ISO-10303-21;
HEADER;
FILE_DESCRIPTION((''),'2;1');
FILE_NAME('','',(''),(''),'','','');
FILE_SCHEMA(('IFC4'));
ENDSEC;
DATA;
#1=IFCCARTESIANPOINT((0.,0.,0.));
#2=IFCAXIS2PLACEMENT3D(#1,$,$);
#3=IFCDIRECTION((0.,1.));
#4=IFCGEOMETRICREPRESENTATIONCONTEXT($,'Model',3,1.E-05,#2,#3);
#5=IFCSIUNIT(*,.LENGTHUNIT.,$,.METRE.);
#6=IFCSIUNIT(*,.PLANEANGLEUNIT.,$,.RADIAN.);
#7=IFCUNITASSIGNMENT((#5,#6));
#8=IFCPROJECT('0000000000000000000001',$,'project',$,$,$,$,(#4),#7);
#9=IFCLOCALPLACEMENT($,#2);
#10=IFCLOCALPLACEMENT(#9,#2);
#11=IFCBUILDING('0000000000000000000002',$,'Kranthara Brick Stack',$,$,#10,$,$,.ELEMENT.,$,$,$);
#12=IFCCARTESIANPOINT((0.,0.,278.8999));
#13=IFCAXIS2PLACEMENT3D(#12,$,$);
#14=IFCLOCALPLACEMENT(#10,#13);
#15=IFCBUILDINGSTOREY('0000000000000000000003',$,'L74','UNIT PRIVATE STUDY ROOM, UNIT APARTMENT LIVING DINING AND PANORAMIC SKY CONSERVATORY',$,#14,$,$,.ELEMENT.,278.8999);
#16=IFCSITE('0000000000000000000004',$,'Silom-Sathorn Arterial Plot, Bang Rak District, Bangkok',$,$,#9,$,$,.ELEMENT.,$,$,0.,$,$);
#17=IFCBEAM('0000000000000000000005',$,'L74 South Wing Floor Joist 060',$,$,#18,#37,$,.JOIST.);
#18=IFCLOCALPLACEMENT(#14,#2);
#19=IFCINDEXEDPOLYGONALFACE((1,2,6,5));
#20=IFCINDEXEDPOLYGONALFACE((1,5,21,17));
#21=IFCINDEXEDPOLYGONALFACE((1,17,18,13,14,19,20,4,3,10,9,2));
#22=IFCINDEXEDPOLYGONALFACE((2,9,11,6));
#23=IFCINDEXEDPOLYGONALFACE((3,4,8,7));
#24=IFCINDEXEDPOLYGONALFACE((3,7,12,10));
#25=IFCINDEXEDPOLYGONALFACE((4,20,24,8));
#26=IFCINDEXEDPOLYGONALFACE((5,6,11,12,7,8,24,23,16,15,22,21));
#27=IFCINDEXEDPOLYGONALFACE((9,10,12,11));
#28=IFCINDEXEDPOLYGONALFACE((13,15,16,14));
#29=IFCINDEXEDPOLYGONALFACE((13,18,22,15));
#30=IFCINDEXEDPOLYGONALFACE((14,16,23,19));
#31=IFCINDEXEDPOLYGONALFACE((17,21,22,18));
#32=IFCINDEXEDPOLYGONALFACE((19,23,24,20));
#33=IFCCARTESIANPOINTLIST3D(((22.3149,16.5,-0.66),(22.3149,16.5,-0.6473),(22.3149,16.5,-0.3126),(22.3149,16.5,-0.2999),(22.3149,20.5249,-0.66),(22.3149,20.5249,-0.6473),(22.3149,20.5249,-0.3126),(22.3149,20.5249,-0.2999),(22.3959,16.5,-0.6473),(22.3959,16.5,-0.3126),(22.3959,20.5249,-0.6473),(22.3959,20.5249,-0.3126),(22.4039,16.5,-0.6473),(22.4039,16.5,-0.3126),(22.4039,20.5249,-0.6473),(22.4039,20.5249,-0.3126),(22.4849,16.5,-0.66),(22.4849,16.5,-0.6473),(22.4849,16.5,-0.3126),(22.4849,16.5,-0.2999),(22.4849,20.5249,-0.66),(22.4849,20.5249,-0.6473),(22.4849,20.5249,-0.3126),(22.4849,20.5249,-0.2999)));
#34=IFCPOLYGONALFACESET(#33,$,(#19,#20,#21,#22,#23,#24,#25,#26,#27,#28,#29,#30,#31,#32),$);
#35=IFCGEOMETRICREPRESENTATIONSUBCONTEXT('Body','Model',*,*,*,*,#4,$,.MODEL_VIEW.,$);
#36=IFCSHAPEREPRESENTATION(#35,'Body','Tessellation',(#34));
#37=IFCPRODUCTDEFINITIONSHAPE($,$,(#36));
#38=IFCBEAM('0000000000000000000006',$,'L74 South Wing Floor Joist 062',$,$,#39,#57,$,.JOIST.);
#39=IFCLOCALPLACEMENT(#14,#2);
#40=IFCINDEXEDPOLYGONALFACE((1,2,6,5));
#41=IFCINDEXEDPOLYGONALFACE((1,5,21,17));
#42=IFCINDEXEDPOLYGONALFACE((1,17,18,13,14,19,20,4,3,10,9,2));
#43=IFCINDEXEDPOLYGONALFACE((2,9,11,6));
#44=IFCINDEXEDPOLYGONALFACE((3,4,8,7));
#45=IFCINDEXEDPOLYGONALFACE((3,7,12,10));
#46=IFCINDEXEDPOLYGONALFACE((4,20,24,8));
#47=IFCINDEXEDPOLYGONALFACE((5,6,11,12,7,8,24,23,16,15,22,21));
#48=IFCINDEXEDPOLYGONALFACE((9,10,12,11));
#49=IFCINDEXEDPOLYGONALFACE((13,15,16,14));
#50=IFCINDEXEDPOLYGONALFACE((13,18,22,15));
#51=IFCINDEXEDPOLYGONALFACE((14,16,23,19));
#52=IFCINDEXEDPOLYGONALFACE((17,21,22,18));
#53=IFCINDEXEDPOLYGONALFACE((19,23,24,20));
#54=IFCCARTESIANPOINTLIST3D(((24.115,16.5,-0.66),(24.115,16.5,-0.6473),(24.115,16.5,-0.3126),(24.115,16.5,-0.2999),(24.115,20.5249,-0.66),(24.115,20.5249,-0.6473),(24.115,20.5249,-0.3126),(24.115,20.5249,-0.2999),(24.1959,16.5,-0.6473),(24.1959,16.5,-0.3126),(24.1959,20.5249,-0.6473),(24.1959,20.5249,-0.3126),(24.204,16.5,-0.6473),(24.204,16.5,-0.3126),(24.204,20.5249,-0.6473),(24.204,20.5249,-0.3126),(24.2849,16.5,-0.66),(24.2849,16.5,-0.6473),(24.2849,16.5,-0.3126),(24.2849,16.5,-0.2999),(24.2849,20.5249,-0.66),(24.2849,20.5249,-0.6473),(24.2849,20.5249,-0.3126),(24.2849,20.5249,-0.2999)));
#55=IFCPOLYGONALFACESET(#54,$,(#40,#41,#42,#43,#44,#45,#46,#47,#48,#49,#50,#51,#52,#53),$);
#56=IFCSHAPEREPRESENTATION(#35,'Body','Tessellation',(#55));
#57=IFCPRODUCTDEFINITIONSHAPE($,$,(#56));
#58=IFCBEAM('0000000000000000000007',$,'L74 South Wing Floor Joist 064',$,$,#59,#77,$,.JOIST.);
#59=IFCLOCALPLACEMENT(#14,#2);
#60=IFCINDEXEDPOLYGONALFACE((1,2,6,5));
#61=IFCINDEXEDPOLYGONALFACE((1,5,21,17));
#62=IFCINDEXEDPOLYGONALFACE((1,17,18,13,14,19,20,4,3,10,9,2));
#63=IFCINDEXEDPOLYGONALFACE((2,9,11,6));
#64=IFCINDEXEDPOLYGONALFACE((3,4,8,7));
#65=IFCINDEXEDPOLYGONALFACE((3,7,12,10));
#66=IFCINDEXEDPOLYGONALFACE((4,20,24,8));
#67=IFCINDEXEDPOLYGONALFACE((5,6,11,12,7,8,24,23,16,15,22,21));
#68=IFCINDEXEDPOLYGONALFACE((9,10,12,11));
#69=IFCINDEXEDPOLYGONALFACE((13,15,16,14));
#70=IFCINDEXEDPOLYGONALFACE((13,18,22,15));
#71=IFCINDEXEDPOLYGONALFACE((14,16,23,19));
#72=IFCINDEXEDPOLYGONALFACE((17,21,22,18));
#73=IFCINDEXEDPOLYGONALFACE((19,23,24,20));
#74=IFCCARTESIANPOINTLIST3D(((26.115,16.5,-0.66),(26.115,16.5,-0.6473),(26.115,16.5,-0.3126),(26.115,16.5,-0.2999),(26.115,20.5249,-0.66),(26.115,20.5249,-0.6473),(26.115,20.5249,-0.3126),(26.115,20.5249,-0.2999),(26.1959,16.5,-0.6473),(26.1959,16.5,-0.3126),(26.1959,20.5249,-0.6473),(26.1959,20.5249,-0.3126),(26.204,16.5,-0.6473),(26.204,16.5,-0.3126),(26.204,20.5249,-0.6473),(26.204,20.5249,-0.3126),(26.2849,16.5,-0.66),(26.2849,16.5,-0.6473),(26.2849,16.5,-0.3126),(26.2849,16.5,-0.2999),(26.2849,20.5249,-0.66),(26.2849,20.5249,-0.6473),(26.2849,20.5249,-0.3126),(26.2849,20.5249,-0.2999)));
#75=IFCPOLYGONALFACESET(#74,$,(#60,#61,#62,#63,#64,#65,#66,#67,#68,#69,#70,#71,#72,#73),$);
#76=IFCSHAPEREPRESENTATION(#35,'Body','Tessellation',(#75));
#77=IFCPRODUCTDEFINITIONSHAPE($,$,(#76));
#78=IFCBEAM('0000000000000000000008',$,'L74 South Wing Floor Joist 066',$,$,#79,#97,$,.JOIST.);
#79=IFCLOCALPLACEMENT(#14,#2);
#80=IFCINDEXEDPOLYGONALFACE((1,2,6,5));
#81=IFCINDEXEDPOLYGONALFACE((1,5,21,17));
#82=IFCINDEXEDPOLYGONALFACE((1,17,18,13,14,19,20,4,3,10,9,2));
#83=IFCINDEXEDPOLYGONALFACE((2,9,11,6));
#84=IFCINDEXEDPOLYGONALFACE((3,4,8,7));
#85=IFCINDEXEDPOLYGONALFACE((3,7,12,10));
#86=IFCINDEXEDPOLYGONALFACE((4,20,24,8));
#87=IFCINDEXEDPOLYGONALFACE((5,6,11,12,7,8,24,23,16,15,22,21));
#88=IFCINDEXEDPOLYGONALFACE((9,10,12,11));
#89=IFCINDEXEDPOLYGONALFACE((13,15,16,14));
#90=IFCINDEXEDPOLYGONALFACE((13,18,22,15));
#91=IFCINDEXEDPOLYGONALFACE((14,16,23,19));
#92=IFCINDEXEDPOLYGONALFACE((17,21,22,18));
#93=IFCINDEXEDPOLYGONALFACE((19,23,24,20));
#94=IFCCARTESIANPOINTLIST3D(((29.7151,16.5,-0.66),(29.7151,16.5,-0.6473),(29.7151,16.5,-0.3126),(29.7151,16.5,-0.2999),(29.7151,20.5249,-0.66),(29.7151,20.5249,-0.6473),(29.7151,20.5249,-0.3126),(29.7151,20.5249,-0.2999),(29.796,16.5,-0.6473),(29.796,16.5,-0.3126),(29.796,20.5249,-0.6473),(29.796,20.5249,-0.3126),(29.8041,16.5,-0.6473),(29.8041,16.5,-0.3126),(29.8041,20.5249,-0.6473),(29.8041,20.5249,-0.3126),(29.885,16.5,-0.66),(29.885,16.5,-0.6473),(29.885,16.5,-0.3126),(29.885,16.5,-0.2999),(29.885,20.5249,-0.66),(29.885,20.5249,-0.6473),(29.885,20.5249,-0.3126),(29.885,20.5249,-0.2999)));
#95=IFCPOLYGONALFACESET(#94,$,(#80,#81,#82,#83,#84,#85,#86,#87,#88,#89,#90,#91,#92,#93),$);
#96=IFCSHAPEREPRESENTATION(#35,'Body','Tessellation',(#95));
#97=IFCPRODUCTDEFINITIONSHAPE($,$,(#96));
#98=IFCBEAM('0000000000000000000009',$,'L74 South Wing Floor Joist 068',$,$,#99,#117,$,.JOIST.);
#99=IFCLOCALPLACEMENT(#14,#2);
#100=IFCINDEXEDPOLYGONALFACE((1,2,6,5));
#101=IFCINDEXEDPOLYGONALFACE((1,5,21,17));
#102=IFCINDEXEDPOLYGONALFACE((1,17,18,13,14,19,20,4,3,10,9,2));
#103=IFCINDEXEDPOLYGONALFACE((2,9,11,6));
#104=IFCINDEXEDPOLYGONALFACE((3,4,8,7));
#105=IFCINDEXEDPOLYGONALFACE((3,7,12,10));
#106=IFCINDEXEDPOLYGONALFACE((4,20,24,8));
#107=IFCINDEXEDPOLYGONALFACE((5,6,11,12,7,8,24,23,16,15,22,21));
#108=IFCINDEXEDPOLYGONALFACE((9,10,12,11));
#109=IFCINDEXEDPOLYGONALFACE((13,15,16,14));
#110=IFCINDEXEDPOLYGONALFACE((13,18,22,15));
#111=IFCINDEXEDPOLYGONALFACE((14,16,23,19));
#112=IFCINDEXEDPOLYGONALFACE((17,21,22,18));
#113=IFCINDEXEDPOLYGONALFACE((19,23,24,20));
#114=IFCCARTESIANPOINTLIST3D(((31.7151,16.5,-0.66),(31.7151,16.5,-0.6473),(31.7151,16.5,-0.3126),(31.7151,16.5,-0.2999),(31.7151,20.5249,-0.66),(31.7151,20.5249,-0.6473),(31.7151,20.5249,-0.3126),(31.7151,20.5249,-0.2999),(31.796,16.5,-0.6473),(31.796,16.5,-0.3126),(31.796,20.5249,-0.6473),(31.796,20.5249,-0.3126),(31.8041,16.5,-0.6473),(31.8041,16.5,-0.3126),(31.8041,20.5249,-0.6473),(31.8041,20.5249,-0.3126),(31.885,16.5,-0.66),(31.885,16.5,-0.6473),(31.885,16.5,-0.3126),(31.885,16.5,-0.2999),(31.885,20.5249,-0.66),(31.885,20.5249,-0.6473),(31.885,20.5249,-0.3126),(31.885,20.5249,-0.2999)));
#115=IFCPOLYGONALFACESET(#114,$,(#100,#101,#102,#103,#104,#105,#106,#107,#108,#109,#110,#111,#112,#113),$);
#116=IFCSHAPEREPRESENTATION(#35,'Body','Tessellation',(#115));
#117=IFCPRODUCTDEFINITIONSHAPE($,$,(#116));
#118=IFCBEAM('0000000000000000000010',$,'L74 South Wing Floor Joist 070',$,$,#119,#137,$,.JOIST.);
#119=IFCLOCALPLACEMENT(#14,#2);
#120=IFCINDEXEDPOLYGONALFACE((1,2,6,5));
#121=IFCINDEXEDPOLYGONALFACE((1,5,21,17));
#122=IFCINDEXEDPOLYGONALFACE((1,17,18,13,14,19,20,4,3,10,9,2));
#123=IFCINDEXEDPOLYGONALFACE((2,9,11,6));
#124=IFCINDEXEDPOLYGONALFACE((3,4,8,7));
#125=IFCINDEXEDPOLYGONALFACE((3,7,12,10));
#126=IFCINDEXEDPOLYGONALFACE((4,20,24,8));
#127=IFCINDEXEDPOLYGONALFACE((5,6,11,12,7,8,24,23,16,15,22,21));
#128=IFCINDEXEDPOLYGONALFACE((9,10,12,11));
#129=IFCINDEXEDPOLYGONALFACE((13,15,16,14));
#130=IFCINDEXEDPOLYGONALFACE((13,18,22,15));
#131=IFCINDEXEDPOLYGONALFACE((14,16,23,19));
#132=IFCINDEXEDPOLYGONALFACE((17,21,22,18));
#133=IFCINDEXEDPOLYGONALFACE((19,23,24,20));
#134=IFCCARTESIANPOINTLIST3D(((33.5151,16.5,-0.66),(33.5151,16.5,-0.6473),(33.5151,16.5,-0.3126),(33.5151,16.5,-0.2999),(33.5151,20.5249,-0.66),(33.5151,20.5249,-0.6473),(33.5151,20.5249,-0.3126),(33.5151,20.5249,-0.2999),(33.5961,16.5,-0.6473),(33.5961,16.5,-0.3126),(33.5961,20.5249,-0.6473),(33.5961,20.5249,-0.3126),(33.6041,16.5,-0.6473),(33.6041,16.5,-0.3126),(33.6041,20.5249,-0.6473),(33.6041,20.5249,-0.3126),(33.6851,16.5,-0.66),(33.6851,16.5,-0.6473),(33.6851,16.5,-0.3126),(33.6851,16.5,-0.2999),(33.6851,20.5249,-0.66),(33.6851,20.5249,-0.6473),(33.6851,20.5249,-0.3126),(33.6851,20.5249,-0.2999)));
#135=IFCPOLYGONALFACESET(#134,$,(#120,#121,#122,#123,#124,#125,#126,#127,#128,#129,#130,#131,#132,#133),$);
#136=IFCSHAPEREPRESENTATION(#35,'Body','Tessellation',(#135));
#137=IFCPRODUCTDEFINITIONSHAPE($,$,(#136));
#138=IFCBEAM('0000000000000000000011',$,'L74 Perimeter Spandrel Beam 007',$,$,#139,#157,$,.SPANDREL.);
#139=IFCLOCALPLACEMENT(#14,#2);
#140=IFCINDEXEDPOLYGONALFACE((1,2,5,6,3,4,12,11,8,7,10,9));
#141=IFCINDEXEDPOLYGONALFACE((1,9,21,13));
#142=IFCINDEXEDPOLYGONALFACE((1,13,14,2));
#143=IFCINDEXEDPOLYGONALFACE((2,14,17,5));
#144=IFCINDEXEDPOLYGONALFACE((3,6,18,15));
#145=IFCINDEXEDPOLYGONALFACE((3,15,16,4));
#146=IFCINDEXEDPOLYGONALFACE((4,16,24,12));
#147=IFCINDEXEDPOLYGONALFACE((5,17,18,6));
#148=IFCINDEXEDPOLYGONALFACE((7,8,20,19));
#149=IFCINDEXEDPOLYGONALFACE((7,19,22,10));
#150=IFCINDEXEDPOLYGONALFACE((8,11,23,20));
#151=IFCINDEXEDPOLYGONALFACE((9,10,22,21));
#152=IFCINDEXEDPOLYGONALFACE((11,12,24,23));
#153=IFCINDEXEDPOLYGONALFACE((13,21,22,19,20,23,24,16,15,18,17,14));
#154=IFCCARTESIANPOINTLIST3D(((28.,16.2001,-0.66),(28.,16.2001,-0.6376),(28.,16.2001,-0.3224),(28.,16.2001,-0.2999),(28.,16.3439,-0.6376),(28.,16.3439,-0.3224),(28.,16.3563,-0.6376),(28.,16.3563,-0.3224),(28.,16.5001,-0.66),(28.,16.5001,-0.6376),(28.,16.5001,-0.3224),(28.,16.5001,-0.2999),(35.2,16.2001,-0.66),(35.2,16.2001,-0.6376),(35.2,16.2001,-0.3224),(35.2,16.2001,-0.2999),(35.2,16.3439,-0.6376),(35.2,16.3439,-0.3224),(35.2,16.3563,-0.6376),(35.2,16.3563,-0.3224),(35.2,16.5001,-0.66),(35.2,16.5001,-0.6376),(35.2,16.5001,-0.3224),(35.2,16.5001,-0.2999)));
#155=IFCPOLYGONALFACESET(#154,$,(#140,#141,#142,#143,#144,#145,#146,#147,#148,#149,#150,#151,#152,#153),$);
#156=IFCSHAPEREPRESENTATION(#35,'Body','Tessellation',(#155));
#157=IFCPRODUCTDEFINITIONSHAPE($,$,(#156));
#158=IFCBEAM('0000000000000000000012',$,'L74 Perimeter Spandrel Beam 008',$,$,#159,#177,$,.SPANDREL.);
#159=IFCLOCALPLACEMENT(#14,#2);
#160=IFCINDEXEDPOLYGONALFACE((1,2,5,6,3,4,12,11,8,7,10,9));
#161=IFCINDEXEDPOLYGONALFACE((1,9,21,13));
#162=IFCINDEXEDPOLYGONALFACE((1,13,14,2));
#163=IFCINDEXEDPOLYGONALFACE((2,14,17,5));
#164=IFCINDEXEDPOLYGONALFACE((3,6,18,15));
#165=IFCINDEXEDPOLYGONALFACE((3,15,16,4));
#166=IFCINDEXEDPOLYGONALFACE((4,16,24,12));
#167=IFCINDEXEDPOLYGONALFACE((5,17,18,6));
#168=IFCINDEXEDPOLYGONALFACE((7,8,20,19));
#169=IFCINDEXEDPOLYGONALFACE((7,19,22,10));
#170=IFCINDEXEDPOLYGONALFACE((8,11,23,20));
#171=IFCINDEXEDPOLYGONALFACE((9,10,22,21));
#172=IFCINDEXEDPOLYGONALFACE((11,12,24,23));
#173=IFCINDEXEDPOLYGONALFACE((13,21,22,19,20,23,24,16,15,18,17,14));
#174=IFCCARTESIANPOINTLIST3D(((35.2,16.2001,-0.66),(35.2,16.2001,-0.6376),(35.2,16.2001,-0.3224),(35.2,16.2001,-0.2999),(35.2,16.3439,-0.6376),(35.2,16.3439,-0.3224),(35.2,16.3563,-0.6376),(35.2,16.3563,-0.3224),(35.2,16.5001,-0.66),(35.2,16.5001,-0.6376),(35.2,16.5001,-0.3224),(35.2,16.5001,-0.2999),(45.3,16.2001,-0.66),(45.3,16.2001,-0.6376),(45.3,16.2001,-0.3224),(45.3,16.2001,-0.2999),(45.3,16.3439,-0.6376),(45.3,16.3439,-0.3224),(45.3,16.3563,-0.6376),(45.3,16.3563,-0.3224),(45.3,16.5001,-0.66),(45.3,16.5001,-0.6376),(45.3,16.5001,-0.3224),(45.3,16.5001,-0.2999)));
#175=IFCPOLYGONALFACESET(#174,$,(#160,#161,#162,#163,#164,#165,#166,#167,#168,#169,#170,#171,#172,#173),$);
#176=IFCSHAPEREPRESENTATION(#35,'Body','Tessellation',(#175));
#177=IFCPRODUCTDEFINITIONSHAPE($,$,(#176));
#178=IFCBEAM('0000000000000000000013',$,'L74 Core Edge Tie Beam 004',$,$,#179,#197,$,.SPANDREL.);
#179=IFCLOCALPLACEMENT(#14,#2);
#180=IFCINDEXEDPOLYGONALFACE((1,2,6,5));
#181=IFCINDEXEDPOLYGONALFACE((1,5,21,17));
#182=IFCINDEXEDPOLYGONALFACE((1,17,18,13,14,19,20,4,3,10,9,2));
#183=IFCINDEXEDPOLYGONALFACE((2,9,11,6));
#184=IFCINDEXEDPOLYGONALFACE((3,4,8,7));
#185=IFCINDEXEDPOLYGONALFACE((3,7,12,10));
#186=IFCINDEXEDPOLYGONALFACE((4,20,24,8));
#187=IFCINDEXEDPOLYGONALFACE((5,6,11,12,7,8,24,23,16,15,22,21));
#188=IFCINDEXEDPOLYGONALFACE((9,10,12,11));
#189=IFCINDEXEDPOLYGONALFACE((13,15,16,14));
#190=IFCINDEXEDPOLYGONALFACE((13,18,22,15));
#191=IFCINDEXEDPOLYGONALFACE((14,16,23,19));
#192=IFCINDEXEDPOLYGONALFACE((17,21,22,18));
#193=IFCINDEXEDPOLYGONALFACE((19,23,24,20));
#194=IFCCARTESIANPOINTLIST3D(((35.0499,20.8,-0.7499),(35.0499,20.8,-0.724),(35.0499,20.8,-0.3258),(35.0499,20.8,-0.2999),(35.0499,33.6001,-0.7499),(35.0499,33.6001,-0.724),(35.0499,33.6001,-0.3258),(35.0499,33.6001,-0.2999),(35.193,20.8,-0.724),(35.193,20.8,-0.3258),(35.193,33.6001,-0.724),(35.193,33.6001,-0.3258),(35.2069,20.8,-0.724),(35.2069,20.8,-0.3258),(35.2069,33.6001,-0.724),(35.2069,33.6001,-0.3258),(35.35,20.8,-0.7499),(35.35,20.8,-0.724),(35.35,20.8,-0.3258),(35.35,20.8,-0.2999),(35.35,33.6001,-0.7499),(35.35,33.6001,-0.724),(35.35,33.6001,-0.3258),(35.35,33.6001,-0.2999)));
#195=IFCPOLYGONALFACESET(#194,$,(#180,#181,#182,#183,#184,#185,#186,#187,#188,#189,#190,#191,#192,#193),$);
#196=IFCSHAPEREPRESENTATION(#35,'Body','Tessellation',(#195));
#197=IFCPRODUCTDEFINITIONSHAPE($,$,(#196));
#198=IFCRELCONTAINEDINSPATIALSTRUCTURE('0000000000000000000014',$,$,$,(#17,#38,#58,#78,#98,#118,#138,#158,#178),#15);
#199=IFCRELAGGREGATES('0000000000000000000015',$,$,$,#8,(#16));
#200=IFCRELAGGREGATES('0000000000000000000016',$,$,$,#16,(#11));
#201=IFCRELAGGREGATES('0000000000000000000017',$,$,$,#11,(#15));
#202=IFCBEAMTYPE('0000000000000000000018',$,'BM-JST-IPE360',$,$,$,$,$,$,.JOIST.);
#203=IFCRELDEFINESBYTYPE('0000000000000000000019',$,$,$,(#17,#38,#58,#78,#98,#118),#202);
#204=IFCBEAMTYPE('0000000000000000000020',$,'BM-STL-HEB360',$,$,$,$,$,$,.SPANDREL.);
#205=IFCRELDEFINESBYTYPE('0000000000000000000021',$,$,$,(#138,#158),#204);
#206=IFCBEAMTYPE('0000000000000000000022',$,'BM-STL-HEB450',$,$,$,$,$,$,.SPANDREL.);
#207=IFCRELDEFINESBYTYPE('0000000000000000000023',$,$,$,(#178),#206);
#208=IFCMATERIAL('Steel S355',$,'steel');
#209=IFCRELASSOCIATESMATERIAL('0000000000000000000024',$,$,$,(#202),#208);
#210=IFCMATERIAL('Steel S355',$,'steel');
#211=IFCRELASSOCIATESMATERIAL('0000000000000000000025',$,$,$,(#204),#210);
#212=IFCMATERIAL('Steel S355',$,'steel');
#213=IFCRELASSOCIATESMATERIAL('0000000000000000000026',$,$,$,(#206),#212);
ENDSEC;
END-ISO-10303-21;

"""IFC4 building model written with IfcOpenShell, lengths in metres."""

from ifc_helpers import new_model, si_unit, direction, frame, origin, origin_2d, place, context, subcontext, project, spatial, i_section, extrude, material, material_profile, profile_set, type_object, element, save


model = new_model("IFC4")

# Units and contexts
model_context = context("Model", 3, precision=1e-05, world=origin(), true_north=direction((0.0, 1.0)))
body_context = subcontext(model_context, "Body", "Model", "MODEL_VIEW")
ifc_project = project(units=[si_unit("LENGTHUNIT", "METRE"), si_unit("PLANEANGLEUNIT", "RADIAN")], contexts=[model_context])

# Site, building, storey
site_placement = place(None, origin())
site = spatial("IfcSite", under=ifc_project, at=site_placement, Name="Silom-Sathorn Arterial Plot, Bang Rak District, Bangkok", CompositionType="ELEMENT", RefElevation=0.0)
building_placement = place(site_placement, origin())
building = spatial("IfcBuilding", under=site, at=building_placement, Name="Kranthara Brick Stack", CompositionType="ELEMENT")
storey_placement = place(building_placement, frame((0.0, 0.0, 278.8999)))
storey = spatial("IfcBuildingStorey", under=building, at=storey_placement, Name="L74", Description="UNIT PRIVATE STUDY ROOM, UNIT APARTMENT LIVING DINING AND PANORAMIC SKY CONSERVATORY", CompositionType="ELEMENT", Elevation=278.8999)

# Beams
ifc_material_1 = material(Name="Steel S355", Category="steel")
ifc_material_profile_1 = material_profile(ifc_material_1, i_section(OverallWidth=0.1699, OverallDepth=0.3601, WebThickness=0.0081, FlangeThickness=0.0127, at=origin_2d()), Name="IPE 360")
ifc_profile_set_1 = profile_set([ifc_material_profile_1], Name="Steel S355")
beam_type_1 = type_object("IfcBeamType", Name="BM-JST-IPE360", PredefinedType="JOIST", material=ifc_profile_set_1)
for number, where, z_axis, x_axis, name in (
    (1, (22.3999, 16.5, -0.48), (0.0, 1.0, 0.0), (-1.0, 0.0, 0.0), "L74 South Wing Floor Joist 060"),
    (2, (24.2, 16.5, -0.48), (0.0, 1.0, 0.0), (-1.0, 0.0, 0.0), "L74 South Wing Floor Joist 062"),
    (3, (26.2, 16.5, -0.48), (0.0, 1.0, 0.0), (-1.0, 0.0, 0.0), "L74 South Wing Floor Joist 064"),
    (4, (29.8, 16.5, -0.48), (0.0, 1.0, 0.0), (-1.0, 0.0, 0.0), "L74 South Wing Floor Joist 066"),
    (5, (31.8, 16.5, -0.48), (0.0, 1.0, 0.0), (-1.0, 0.0, 0.0), "L74 South Wing Floor Joist 068"),
    (6, (33.6001, 16.5, -0.48), (0.0, 1.0, 0.0), (-1.0, 0.0, 0.0), "L74 South Wing Floor Joist 070"),
):
    element("IfcBeam", number, at=place(storey_placement, frame(where, z_axis=z_axis, x_axis=x_axis)), inside=storey, type_object=beam_type_1, Name=name, PredefinedType="JOIST", context=body_context, shape_type="SweptSolid", body=[
        extrude(i_section(OverallWidth=0.1699, OverallDepth=0.3601, WebThickness=0.0081, FlangeThickness=0.0127, at=origin_2d()), origin(), (0.0, 0.0, 1.0), 4.0249),
    ])
ifc_material_2 = material(Name="Steel S355", Category="steel")
ifc_material_profile_2 = material_profile(ifc_material_2, i_section(OverallWidth=0.3, OverallDepth=0.3601, WebThickness=0.0125, FlangeThickness=0.0225, at=origin_2d()), Name="HEB 360")
ifc_profile_set_2 = profile_set([ifc_material_profile_2], Name="Steel S355")
beam_type_2 = type_object("IfcBeamType", Name="BM-STL-HEB360", PredefinedType="SPANDREL", material=ifc_profile_set_2)
beam_1_placement = place(storey_placement, frame((28.0, 16.3501, -0.48), z_axis=(1.0, 0.0, 0.0), x_axis=(0.0, 1.0, 0.0)))
element("IfcBeam", 7, at=beam_1_placement, inside=storey, type_object=beam_type_2, Name="L74 Perimeter Spandrel Beam 007", PredefinedType="SPANDREL", context=body_context, shape_type="SweptSolid", body=[
    extrude(i_section(OverallWidth=0.3, OverallDepth=0.3601, WebThickness=0.0125, FlangeThickness=0.0225, at=origin_2d()), origin(), (0.0, 0.0, 1.0), 7.2),
])
beam_2_placement = place(storey_placement, frame((35.2, 16.3501, -0.48), z_axis=(1.0, 0.0, 0.0), x_axis=(0.0, 1.0, 0.0)))
element("IfcBeam", 8, at=beam_2_placement, inside=storey, type_object=beam_type_2, Name="L74 Perimeter Spandrel Beam 008", PredefinedType="SPANDREL", context=body_context, shape_type="SweptSolid", body=[
    extrude(i_section(OverallWidth=0.3, OverallDepth=0.3601, WebThickness=0.0125, FlangeThickness=0.0225, at=origin_2d()), origin(), (0.0, 0.0, 1.0), 10.1001),
])
ifc_material_3 = material(Name="Steel S355", Category="steel")
ifc_material_profile_3 = material_profile(ifc_material_3, i_section(OverallWidth=0.3, OverallDepth=0.45, WebThickness=0.0139, FlangeThickness=0.0259, at=origin_2d()), Name="HEB 450")
ifc_profile_set_3 = profile_set([ifc_material_profile_3], Name="Steel S355")
beam_type_3 = type_object("IfcBeamType", Name="BM-STL-HEB450", PredefinedType="SPANDREL", material=ifc_profile_set_3)
beam_3_placement = place(storey_placement, frame((35.2, 20.8, -0.5249), z_axis=(0.0, 1.0, 0.0), x_axis=(-1.0, 0.0, 0.0)))
element("IfcBeam", 9, at=beam_3_placement, inside=storey, type_object=beam_type_3, Name="L74 Core Edge Tie Beam 004", PredefinedType="SPANDREL", context=body_context, shape_type="SweptSolid", body=[
    extrude(i_section(OverallWidth=0.3, OverallDepth=0.45, WebThickness=0.0139, FlangeThickness=0.0259, at=origin_2d()), origin(), (0.0, 0.0, 1.0), 12.8),
])

save(model, "model.ifc")
